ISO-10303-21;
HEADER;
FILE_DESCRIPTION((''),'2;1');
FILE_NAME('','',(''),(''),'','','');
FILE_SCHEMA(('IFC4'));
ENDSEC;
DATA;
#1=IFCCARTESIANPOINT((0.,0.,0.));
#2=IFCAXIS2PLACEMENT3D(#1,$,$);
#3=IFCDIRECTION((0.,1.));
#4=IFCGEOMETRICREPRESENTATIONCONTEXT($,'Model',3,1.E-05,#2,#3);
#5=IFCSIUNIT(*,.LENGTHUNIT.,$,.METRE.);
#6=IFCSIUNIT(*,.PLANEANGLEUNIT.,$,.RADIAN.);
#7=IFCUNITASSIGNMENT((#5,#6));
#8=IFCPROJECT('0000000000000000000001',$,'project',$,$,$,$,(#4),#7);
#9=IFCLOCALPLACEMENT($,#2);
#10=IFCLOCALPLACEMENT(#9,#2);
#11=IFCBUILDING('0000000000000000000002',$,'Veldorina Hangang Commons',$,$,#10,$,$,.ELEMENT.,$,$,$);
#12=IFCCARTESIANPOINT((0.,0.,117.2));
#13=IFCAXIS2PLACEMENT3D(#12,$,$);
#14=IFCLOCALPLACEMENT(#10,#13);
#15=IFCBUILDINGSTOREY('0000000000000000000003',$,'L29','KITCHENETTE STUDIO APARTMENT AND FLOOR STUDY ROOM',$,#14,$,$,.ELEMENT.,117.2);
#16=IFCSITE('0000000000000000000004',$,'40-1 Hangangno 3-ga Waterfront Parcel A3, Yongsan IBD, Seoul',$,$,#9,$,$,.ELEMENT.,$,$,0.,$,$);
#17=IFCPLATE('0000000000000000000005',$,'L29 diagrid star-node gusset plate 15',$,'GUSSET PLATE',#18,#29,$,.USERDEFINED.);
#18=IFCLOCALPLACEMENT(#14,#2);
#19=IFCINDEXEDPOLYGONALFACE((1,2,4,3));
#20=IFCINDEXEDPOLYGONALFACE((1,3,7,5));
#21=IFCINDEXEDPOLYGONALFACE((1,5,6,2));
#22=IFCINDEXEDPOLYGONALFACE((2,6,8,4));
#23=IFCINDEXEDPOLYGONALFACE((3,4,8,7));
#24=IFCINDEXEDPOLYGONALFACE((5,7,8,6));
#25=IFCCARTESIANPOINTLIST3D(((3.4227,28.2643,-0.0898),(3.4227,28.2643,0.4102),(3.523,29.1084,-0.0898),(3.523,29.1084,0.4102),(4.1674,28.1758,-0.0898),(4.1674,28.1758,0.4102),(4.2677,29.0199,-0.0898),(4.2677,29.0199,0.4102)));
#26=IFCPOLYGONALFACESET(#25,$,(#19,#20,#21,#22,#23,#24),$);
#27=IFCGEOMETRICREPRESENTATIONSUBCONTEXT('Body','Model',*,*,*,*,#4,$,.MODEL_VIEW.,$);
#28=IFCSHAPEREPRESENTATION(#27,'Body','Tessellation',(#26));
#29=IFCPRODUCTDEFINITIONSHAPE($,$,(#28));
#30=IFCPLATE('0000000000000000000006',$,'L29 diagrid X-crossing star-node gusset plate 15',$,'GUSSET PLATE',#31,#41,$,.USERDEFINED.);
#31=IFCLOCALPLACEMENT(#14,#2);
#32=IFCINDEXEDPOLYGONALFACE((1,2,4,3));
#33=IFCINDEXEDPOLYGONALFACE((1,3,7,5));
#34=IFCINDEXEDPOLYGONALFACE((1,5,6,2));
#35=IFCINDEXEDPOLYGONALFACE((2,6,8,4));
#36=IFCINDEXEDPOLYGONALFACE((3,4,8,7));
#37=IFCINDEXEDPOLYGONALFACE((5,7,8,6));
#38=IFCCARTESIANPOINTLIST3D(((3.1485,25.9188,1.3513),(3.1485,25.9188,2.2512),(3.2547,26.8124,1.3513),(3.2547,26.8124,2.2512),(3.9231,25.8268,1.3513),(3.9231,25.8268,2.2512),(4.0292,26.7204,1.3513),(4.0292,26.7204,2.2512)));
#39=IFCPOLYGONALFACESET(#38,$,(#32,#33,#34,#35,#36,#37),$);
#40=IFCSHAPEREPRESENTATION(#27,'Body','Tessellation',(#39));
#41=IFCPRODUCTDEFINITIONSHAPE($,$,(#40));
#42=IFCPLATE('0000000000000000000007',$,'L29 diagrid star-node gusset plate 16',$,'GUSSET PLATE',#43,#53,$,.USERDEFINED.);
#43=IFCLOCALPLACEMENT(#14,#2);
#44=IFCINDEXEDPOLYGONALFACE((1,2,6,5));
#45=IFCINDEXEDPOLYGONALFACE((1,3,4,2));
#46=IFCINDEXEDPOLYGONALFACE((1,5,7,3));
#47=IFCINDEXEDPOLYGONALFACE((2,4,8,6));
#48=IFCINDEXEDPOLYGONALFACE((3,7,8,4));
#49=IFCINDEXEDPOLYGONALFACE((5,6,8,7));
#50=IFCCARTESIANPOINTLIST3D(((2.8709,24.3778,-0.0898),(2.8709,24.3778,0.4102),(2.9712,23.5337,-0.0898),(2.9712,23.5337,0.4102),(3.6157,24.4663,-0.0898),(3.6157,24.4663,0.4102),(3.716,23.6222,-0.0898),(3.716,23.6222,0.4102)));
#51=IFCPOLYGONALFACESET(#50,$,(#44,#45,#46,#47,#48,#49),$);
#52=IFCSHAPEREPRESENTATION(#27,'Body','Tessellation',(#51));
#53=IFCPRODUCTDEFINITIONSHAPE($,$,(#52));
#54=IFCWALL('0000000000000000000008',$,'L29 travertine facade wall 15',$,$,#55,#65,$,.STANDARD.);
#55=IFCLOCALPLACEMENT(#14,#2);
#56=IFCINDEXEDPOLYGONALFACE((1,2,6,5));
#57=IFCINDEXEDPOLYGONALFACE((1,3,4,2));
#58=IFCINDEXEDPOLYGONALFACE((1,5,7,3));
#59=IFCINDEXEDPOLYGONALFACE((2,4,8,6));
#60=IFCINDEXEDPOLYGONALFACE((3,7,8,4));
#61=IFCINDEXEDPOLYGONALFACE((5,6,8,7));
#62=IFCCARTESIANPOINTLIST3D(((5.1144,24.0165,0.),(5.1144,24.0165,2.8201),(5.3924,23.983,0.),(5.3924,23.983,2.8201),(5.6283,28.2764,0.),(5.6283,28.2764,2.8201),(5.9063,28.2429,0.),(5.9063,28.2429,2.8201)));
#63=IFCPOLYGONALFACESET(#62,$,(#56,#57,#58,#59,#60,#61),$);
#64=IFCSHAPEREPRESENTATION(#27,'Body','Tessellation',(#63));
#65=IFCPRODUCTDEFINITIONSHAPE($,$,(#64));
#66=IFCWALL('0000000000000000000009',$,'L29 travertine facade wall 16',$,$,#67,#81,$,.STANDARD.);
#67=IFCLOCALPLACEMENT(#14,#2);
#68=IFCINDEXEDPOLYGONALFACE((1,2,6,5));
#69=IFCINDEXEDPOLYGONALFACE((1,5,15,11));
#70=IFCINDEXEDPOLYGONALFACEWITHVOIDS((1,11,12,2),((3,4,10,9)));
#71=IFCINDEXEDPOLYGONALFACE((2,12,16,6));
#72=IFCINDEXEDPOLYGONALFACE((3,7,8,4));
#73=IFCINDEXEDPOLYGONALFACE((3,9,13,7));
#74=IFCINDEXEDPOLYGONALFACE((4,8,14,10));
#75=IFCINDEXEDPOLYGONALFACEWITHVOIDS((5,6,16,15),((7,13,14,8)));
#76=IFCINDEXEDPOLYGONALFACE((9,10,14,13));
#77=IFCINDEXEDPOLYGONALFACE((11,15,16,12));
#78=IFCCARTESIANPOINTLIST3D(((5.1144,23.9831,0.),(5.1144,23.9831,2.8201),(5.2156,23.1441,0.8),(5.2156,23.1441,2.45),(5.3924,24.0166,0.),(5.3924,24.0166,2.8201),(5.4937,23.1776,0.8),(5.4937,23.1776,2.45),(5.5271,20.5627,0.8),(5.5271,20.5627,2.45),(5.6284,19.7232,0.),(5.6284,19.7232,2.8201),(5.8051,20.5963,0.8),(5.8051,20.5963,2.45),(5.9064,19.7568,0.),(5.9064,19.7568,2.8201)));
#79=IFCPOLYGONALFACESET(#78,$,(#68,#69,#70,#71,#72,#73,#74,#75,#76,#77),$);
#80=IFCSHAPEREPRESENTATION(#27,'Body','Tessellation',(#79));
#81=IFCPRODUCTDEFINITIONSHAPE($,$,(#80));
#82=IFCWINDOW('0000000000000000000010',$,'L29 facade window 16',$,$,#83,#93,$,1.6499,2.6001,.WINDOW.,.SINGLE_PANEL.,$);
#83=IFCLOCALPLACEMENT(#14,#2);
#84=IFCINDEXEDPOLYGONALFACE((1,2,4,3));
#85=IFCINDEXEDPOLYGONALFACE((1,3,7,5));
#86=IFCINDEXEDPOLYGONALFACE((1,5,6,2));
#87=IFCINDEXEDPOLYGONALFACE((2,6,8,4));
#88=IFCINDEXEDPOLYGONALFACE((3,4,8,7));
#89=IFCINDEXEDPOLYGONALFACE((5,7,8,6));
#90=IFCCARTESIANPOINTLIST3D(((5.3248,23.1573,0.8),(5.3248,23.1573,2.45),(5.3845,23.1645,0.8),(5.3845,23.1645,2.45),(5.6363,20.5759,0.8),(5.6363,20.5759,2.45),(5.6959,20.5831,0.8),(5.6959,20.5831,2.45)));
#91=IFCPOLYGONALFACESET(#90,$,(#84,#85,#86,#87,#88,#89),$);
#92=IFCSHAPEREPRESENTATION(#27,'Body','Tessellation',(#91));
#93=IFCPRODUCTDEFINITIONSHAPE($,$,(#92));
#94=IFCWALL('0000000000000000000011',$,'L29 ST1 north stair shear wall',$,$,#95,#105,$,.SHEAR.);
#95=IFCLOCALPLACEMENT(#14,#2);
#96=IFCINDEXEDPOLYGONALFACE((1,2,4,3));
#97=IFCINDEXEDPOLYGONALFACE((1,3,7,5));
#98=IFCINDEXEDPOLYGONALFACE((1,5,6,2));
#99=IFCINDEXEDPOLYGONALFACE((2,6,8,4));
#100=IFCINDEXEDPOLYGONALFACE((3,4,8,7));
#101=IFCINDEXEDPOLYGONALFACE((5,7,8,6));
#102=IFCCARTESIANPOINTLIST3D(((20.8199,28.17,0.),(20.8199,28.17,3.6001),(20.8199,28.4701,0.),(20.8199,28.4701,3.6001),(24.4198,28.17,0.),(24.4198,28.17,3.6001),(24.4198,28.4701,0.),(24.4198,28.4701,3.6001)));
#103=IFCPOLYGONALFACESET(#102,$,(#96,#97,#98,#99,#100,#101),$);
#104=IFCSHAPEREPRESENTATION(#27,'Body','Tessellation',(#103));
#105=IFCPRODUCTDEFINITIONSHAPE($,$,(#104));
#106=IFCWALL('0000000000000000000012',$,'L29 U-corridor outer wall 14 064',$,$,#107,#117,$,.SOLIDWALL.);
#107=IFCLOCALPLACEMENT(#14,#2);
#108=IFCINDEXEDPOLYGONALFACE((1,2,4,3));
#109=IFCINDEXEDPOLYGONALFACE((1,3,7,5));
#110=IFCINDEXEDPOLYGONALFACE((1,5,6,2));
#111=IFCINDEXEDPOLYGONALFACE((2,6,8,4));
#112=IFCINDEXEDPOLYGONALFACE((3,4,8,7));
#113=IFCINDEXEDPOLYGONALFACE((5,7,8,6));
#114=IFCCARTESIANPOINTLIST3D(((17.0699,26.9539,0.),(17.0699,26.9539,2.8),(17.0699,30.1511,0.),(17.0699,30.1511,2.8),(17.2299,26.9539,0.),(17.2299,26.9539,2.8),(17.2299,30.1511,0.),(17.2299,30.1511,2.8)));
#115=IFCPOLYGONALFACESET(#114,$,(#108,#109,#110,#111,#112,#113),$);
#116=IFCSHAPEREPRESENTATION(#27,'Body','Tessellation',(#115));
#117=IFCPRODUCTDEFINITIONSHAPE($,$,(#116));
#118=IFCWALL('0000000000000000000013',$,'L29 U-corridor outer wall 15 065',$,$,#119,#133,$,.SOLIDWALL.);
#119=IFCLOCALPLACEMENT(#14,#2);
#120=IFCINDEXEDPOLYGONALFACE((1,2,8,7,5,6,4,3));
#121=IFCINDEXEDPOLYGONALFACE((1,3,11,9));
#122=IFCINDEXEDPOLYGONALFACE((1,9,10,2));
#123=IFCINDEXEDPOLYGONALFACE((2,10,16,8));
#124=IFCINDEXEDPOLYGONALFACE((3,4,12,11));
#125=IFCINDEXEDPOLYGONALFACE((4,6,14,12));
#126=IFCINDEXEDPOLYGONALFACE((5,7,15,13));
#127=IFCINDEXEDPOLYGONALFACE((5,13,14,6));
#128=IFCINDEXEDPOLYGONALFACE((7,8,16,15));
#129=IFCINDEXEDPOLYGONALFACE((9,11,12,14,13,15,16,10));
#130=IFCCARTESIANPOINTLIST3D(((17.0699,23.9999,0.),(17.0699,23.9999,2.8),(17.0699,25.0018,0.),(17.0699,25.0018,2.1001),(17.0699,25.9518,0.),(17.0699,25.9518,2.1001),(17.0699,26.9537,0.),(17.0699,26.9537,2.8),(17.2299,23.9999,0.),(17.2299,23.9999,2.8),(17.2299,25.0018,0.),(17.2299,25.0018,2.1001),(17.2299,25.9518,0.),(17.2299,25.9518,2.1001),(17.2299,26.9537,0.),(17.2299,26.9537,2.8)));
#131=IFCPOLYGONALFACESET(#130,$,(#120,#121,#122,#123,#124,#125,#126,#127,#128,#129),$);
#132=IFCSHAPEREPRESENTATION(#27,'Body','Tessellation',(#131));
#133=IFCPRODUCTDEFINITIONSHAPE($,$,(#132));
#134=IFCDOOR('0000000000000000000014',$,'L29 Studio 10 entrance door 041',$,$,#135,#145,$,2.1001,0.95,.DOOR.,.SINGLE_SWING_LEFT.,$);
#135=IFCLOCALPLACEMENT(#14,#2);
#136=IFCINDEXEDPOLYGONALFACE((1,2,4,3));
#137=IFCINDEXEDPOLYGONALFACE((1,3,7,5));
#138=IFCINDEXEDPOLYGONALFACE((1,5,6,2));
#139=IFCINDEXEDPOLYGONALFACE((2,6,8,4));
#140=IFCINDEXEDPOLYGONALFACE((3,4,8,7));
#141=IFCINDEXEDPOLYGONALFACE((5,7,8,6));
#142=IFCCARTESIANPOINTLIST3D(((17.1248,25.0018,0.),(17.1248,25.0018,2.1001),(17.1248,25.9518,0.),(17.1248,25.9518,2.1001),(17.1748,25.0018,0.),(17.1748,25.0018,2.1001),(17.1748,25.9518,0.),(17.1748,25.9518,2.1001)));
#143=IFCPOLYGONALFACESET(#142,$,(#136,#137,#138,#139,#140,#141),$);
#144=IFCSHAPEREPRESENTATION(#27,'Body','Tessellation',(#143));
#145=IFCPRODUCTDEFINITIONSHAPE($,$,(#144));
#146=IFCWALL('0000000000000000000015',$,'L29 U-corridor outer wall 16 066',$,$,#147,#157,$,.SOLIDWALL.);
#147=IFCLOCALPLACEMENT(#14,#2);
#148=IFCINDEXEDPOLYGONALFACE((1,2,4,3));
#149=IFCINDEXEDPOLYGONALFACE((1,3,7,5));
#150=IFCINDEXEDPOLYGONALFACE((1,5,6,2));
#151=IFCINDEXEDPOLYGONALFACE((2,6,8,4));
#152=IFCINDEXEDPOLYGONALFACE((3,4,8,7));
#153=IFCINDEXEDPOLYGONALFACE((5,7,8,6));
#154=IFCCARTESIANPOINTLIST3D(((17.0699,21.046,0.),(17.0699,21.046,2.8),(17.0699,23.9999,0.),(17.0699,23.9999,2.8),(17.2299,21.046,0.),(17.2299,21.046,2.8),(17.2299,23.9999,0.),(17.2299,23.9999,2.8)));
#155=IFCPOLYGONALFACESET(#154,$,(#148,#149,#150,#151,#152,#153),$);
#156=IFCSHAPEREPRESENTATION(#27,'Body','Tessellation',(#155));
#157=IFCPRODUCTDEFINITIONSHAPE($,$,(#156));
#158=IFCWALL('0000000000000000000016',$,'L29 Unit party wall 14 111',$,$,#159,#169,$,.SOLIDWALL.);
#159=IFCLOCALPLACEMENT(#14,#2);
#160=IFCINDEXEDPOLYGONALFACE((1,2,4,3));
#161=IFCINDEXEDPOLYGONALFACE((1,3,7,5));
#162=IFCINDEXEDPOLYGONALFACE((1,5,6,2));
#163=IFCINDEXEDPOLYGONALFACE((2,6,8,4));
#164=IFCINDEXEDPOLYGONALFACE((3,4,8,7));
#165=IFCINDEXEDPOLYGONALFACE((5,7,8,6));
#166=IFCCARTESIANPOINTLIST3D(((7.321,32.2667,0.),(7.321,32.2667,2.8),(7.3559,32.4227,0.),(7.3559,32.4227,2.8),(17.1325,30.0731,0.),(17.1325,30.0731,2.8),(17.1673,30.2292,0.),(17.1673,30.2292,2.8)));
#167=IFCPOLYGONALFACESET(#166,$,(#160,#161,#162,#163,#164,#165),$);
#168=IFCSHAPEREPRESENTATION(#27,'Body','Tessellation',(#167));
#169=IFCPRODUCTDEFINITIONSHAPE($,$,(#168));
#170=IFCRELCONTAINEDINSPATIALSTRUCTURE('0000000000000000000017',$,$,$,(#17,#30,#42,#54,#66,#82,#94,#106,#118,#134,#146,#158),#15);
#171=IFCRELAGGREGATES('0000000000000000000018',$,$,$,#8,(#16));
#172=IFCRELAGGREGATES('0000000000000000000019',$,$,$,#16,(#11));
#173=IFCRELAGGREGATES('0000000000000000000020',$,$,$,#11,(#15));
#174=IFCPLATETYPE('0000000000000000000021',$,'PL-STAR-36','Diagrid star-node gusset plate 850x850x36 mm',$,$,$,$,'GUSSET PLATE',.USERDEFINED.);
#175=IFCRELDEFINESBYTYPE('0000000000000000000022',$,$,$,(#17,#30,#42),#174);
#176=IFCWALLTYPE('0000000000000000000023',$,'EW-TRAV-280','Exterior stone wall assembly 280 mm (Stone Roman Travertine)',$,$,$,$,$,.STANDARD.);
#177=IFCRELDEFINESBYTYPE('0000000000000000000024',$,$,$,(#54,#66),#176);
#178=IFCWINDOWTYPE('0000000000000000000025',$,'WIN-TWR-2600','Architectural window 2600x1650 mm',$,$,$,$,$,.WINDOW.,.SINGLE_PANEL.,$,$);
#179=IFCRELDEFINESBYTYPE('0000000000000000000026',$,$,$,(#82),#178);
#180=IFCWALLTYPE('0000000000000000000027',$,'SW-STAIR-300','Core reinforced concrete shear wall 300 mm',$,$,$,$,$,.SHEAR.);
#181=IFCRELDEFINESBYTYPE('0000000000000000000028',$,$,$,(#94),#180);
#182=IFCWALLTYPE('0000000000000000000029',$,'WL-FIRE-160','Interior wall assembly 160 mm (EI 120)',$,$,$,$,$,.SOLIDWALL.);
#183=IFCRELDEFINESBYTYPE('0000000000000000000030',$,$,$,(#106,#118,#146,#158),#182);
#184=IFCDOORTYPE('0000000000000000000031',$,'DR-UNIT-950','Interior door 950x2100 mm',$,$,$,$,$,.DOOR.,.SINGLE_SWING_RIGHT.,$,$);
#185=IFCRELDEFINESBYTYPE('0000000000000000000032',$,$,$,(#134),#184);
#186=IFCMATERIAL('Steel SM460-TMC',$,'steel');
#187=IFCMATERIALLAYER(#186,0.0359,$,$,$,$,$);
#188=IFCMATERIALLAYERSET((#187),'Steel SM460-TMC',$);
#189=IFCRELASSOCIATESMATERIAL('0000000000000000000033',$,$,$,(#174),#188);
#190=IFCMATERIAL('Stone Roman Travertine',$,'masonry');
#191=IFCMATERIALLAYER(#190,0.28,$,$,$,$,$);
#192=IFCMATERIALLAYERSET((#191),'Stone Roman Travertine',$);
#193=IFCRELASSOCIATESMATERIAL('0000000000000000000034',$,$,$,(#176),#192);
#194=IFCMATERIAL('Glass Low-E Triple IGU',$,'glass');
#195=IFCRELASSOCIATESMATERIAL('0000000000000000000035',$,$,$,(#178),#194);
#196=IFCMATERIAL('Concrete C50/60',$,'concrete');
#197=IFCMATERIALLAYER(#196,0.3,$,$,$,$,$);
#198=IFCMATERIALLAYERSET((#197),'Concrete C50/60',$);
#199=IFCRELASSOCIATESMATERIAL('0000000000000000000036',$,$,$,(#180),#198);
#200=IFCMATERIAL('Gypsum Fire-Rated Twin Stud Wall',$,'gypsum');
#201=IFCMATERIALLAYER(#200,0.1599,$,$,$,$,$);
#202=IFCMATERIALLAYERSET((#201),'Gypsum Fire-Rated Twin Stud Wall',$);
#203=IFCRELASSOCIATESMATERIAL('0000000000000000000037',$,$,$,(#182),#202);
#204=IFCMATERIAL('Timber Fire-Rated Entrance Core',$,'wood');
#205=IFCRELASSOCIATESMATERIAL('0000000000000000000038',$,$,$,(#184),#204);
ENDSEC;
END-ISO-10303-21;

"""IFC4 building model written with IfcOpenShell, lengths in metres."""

from ifc_helpers import new_model, si_unit, direction, frame, frame_2d, origin, origin_2d, place, context, subcontext, project, spatial, rectangle, extrude, material, layer, layer_set, type_object, element, fill, save


model = new_model("IFC4")

# Units and contexts
model_context = context("Model", 3, precision=1e-05, world=origin(), true_north=direction((0.0, 1.0)))
body_context = subcontext(model_context, "Body", "Model", "MODEL_VIEW")
ifc_project = project(units=[si_unit("LENGTHUNIT", "METRE"), si_unit("PLANEANGLEUNIT", "RADIAN")], contexts=[model_context])

# Site, building, storey
site_placement = place(None, origin())
site = spatial("IfcSite", under=ifc_project, at=site_placement, Name="40-1 Hangangno 3-ga Waterfront Parcel A3, Yongsan IBD, Seoul", CompositionType="ELEMENT", RefElevation=0.0)
building_placement = place(site_placement, origin())
building = spatial("IfcBuilding", under=site, at=building_placement, Name="Veldorina Hangang Commons", CompositionType="ELEMENT")
storey_placement = place(building_placement, frame((0.0, 0.0, 117.2)))
storey = spatial("IfcBuildingStorey", under=building, at=storey_placement, Name="L29", Description="KITCHENETTE STUDIO APARTMENT AND FLOOR STUDY ROOM", CompositionType="ELEMENT", Elevation=117.2)

# Plates
ifc_material_1 = material(Name="Steel SM460-TMC", Category="steel")
ifc_layer_1 = layer(ifc_material_1, 0.0359)
ifc_layer_set_1 = layer_set([ifc_layer_1], Name="Steel SM460-TMC")
plate_type = type_object("IfcPlateType", Name="PL-STAR-36", Description="Diagrid star-node gusset plate 850x850x36 mm", ElementType="GUSSET PLATE", PredefinedType="USERDEFINED", material=ifc_layer_set_1)
plate_1_placement = place(storey_placement, frame((3.8452, 28.6421, -0.0898), z_axis=(0.0, 0.0, 1.0), x_axis=(-0.117988, -0.993015, 0.0)))
element("IfcPlate", 1, at=plate_1_placement, inside=storey, type_object=plate_type, Name="L29 diagrid star-node gusset plate 15", ObjectType="GUSSET PLATE", PredefinedType="USERDEFINED", context=body_context, shape_type="SweptSolid", body=[
    extrude(rectangle(XDim=0.8501, YDim=0.75, at=origin_2d()), origin(), (0.0, 0.0, 1.0), 0.5),
])
plate_2_placement = place(storey_placement, frame((3.5889, 26.3196, 1.3513), z_axis=(0.0, 0.0, 1.0), x_axis=(-0.117988, -0.993015, 0.0)))
element("IfcPlate", 2, at=plate_2_placement, inside=storey, type_object=plate_type, Name="L29 diagrid X-crossing star-node gusset plate 15", ObjectType="GUSSET PLATE", PredefinedType="USERDEFINED", context=body_context, shape_type="SweptSolid", body=[
    extrude(rectangle(XDim=0.8999, YDim=0.78, at=origin_2d()), origin(), (0.0, 0.0, 1.0), 0.8999),
])
plate_3_placement = place(storey_placement, frame((3.2935, 24.0, -0.0898), z_axis=(0.0, 0.0, 1.0), x_axis=(0.117988, -0.993015, 0.0)))
element("IfcPlate", 3, at=plate_3_placement, inside=storey, type_object=plate_type, Name="L29 diagrid star-node gusset plate 16", ObjectType="GUSSET PLATE", PredefinedType="USERDEFINED", context=body_context, shape_type="SweptSolid", body=[
    extrude(rectangle(XDim=0.8501, YDim=0.75, at=origin_2d()), origin(), (0.0, 0.0, 1.0), 0.5),
])

# Wall
ifc_material_2 = material(Name="Stone Roman Travertine", Category="masonry")
ifc_layer_2 = layer(ifc_material_2, 0.28)
ifc_layer_set_2 = layer_set([ifc_layer_2], Name="Stone Roman Travertine")
wall_type_1 = type_object("IfcWallType", Name="EW-TRAV-280", Description="Exterior stone wall assembly 280 mm (Stone Roman Travertine)", PredefinedType="STANDARD", material=ifc_layer_set_2)
wall_1_placement = place(storey_placement, frame((5.7673, 28.2598, 0.0), z_axis=(0.0, 0.0, 1.0), x_axis=(-0.119776, -0.992801, 0.0)))
element("IfcWall", 4, at=wall_1_placement, inside=storey, type_object=wall_type_1, Name="L29 travertine facade wall 15", PredefinedType="STANDARD", context=body_context, shape_type="SweptSolid", body=[
    extrude(rectangle(XDim=4.2908, YDim=0.28, at=frame_2d((2.1455, 0.0))), origin(), (0.0, 0.0, 1.0), 2.8201),
])

# Wall, opening, window
wall_2_placement = place(storey_placement, frame((5.2534, 24.0, 0.0), z_axis=(0.0, 0.0, 1.0), x_axis=(0.119776, -0.992801, 0.0)))
wall_2 = element("IfcWall", 5, at=wall_2_placement, inside=storey, type_object=wall_type_1, Name="L29 travertine facade wall 16", PredefinedType="STANDARD", context=body_context, shape_type="SweptSolid", body=[
    extrude(rectangle(XDim=4.2908, YDim=0.28, at=frame_2d((2.1455, 0.0))), origin(), (0.0, 0.0, 1.0), 2.8201),
])
opening_1_placement = place(wall_2_placement, frame((0.8452, 0.0, 0.8)))
opening_1 = element("IfcOpeningElement", 6, at=opening_1_placement, cuts=wall_2, PredefinedType="OPENING", context=body_context, shape_type="SweptSolid", body=[
    extrude(rectangle(XDim=2.6001, YDim=1.6499, at=frame_2d((1.3, 0.825))), frame((0.0, 0.1499, 0.0), z_axis=(0.0, -1.0, 0.0), x_axis=(1.0, 0.0, 0.0)), (0.0, 0.0, 1.0), 0.3),
])
ifc_material_3 = material(Name="Glass Low-E Triple IGU", Category="glass")
window_type = type_object("IfcWindowType", Name="WIN-TWR-2600", Description="Architectural window 2600x1650 mm", PartitioningType="SINGLE_PANEL", PredefinedType="WINDOW", material=ifc_material_3)
window_placement = place(opening_1_placement, origin())
window = element("IfcWindow", 7, at=window_placement, inside=storey, type_object=window_type, Name="L29 facade window 16", OverallHeight=1.6499, OverallWidth=2.6001, PartitioningType="SINGLE_PANEL", PredefinedType="WINDOW", context=body_context, shape_type="SweptSolid", body=[
    extrude(rectangle(XDim=2.6001, YDim=1.6499, at=frame_2d((1.3, 0.825))), frame((0.0, 0.03, 0.0), z_axis=(0.0, -1.0, 0.0), x_axis=(1.0, 0.0, 0.0)), (0.0, 0.0, 1.0), 0.0601),
])
fill(opening_1, window)

# Walls
ifc_material_4 = material(Name="Concrete C50/60", Category="concrete")
ifc_layer_3 = layer(ifc_material_4, 0.3)
ifc_layer_set_3 = layer_set([ifc_layer_3], Name="Concrete C50/60")
wall_type_2 = type_object("IfcWallType", Name="SW-STAIR-300", Description="Core reinforced concrete shear wall 300 mm", PredefinedType="SHEAR", material=ifc_layer_set_3)
wall_3_placement = place(storey_placement, frame((20.8201, 28.3201, 0.0), z_axis=(0.0, 0.0, 1.0), x_axis=(1.0, 0.0, 0.0)))
element("IfcWall", 8, at=wall_3_placement, inside=storey, type_object=wall_type_2, Name="L29 ST1 north stair shear wall", PredefinedType="SHEAR", context=body_context, shape_type="SweptSolid", body=[
    extrude(rectangle(XDim=3.5999, YDim=0.3, at=frame_2d((1.7998, 0.0))), origin(), (0.0, 0.0, 1.0), 3.6001),
])
ifc_material_5 = material(Name="Gypsum Fire-Rated Twin Stud Wall", Category="gypsum")
ifc_layer_4 = layer(ifc_material_5, 0.1599)
ifc_layer_set_4 = layer_set([ifc_layer_4], Name="Gypsum Fire-Rated Twin Stud Wall")
wall_type_3 = type_object("IfcWallType", Name="WL-FIRE-160", Description="Interior wall assembly 160 mm (EI 120)", PredefinedType="SOLIDWALL", material=ifc_layer_set_4)
wall_4_placement = place(storey_placement, frame((17.1499, 30.1511, 0.0), z_axis=(0.0, 0.0, 1.0), x_axis=(0.0, -1.0, 0.0)))
element("IfcWall", 9, at=wall_4_placement, inside=storey, type_object=wall_type_3, Name="L29 U-corridor outer wall 14 064", PredefinedType="SOLIDWALL", context=body_context, shape_type="SweptSolid", body=[
    extrude(rectangle(XDim=3.1973, YDim=0.1599, at=frame_2d((1.5986, 0.0))), origin(), (0.0, 0.0, 1.0), 2.8),
])

# Wall, opening, door
wall_5_placement = place(storey_placement, frame((17.1499, 26.9539, 0.0), z_axis=(0.0, 0.0, 1.0), x_axis=(0.0, -1.0, 0.0)))
wall_5 = element("IfcWall", 10, at=wall_5_placement, inside=storey, type_object=wall_type_3, Name="L29 U-corridor outer wall 15 065", PredefinedType="SOLIDWALL", context=body_context, shape_type="SweptSolid", body=[
    extrude(rectangle(XDim=2.9539, YDim=0.1599, at=frame_2d((1.4771, 0.0))), origin(), (0.0, 0.0, 1.0), 2.8),
])
opening_2_placement = place(wall_5_placement, frame((1.002, 0.0, 0.0)))
opening_2 = element("IfcOpeningElement", 11, at=opening_2_placement, cuts=wall_5, PredefinedType="OPENING", context=body_context, shape_type="SweptSolid", body=[
    extrude(rectangle(XDim=0.95, YDim=2.1001, at=frame_2d((0.4751, 1.05))), frame((0.0, 0.0898, 0.0), z_axis=(0.0, -1.0, 0.0), x_axis=(1.0, 0.0, 0.0)), (0.0, 0.0, 1.0), 0.1799),
])
ifc_material_6 = material(Name="Timber Fire-Rated Entrance Core", Category="wood")
door_type_1 = type_object("IfcDoorType", Name="DR-UNIT-950", Description="Interior door 950x2100 mm", OperationType="SINGLE_SWING_RIGHT", PredefinedType="DOOR", material=ifc_material_6)
door_1_placement = place(opening_2_placement, origin())
door_1 = element("IfcDoor", 12, at=door_1_placement, inside=storey, type_object=door_type_1, Name="L29 Studio 10 entrance door 041", OperationType="SINGLE_SWING_LEFT", OverallHeight=2.1001, OverallWidth=0.95, PredefinedType="DOOR", context=body_context, shape_type="SweptSolid", body=[
    extrude(rectangle(XDim=0.95, YDim=2.1001, at=frame_2d((0.4751, 1.05))), frame((0.0, 0.0249, 0.0), z_axis=(0.0, -1.0, 0.0), x_axis=(1.0, 0.0, 0.0)), (0.0, 0.0, 1.0), 0.05),
])
fill(opening_2, door_1)

# Walls
wall_6_placement = place(storey_placement, frame((17.1499, 24.0, 0.0), z_axis=(0.0, 0.0, 1.0), x_axis=(0.0, -1.0, 0.0)))
element("IfcWall", 13, at=wall_6_placement, inside=storey, type_object=wall_type_3, Name="L29 U-corridor outer wall 16 066", PredefinedType="SOLIDWALL", context=body_context, shape_type="SweptSolid", body=[
    extrude(rectangle(XDim=2.9539, YDim=0.1599, at=frame_2d((1.4771, 0.0))), origin(), (0.0, 0.0, 1.0), 2.8),
])
wall_7_placement = place(storey_placement, frame((17.1499, 30.1511, 0.0), z_axis=(0.0, 0.0, 1.0), x_axis=(-0.975907, 0.218188, 0.0)))
element("IfcWall", 14, at=wall_7_placement, inside=storey, type_object=wall_type_3, Name="L29 Unit party wall 14 111", PredefinedType="SOLIDWALL", context=body_context, shape_type="SweptSolid", body=[
    extrude(rectangle(XDim=10.0537, YDim=0.1599, at=frame_2d((5.0269, 0.0))), origin(), (0.0, 0.0, 1.0), 2.8),
])

save(model, "model.ifc")
